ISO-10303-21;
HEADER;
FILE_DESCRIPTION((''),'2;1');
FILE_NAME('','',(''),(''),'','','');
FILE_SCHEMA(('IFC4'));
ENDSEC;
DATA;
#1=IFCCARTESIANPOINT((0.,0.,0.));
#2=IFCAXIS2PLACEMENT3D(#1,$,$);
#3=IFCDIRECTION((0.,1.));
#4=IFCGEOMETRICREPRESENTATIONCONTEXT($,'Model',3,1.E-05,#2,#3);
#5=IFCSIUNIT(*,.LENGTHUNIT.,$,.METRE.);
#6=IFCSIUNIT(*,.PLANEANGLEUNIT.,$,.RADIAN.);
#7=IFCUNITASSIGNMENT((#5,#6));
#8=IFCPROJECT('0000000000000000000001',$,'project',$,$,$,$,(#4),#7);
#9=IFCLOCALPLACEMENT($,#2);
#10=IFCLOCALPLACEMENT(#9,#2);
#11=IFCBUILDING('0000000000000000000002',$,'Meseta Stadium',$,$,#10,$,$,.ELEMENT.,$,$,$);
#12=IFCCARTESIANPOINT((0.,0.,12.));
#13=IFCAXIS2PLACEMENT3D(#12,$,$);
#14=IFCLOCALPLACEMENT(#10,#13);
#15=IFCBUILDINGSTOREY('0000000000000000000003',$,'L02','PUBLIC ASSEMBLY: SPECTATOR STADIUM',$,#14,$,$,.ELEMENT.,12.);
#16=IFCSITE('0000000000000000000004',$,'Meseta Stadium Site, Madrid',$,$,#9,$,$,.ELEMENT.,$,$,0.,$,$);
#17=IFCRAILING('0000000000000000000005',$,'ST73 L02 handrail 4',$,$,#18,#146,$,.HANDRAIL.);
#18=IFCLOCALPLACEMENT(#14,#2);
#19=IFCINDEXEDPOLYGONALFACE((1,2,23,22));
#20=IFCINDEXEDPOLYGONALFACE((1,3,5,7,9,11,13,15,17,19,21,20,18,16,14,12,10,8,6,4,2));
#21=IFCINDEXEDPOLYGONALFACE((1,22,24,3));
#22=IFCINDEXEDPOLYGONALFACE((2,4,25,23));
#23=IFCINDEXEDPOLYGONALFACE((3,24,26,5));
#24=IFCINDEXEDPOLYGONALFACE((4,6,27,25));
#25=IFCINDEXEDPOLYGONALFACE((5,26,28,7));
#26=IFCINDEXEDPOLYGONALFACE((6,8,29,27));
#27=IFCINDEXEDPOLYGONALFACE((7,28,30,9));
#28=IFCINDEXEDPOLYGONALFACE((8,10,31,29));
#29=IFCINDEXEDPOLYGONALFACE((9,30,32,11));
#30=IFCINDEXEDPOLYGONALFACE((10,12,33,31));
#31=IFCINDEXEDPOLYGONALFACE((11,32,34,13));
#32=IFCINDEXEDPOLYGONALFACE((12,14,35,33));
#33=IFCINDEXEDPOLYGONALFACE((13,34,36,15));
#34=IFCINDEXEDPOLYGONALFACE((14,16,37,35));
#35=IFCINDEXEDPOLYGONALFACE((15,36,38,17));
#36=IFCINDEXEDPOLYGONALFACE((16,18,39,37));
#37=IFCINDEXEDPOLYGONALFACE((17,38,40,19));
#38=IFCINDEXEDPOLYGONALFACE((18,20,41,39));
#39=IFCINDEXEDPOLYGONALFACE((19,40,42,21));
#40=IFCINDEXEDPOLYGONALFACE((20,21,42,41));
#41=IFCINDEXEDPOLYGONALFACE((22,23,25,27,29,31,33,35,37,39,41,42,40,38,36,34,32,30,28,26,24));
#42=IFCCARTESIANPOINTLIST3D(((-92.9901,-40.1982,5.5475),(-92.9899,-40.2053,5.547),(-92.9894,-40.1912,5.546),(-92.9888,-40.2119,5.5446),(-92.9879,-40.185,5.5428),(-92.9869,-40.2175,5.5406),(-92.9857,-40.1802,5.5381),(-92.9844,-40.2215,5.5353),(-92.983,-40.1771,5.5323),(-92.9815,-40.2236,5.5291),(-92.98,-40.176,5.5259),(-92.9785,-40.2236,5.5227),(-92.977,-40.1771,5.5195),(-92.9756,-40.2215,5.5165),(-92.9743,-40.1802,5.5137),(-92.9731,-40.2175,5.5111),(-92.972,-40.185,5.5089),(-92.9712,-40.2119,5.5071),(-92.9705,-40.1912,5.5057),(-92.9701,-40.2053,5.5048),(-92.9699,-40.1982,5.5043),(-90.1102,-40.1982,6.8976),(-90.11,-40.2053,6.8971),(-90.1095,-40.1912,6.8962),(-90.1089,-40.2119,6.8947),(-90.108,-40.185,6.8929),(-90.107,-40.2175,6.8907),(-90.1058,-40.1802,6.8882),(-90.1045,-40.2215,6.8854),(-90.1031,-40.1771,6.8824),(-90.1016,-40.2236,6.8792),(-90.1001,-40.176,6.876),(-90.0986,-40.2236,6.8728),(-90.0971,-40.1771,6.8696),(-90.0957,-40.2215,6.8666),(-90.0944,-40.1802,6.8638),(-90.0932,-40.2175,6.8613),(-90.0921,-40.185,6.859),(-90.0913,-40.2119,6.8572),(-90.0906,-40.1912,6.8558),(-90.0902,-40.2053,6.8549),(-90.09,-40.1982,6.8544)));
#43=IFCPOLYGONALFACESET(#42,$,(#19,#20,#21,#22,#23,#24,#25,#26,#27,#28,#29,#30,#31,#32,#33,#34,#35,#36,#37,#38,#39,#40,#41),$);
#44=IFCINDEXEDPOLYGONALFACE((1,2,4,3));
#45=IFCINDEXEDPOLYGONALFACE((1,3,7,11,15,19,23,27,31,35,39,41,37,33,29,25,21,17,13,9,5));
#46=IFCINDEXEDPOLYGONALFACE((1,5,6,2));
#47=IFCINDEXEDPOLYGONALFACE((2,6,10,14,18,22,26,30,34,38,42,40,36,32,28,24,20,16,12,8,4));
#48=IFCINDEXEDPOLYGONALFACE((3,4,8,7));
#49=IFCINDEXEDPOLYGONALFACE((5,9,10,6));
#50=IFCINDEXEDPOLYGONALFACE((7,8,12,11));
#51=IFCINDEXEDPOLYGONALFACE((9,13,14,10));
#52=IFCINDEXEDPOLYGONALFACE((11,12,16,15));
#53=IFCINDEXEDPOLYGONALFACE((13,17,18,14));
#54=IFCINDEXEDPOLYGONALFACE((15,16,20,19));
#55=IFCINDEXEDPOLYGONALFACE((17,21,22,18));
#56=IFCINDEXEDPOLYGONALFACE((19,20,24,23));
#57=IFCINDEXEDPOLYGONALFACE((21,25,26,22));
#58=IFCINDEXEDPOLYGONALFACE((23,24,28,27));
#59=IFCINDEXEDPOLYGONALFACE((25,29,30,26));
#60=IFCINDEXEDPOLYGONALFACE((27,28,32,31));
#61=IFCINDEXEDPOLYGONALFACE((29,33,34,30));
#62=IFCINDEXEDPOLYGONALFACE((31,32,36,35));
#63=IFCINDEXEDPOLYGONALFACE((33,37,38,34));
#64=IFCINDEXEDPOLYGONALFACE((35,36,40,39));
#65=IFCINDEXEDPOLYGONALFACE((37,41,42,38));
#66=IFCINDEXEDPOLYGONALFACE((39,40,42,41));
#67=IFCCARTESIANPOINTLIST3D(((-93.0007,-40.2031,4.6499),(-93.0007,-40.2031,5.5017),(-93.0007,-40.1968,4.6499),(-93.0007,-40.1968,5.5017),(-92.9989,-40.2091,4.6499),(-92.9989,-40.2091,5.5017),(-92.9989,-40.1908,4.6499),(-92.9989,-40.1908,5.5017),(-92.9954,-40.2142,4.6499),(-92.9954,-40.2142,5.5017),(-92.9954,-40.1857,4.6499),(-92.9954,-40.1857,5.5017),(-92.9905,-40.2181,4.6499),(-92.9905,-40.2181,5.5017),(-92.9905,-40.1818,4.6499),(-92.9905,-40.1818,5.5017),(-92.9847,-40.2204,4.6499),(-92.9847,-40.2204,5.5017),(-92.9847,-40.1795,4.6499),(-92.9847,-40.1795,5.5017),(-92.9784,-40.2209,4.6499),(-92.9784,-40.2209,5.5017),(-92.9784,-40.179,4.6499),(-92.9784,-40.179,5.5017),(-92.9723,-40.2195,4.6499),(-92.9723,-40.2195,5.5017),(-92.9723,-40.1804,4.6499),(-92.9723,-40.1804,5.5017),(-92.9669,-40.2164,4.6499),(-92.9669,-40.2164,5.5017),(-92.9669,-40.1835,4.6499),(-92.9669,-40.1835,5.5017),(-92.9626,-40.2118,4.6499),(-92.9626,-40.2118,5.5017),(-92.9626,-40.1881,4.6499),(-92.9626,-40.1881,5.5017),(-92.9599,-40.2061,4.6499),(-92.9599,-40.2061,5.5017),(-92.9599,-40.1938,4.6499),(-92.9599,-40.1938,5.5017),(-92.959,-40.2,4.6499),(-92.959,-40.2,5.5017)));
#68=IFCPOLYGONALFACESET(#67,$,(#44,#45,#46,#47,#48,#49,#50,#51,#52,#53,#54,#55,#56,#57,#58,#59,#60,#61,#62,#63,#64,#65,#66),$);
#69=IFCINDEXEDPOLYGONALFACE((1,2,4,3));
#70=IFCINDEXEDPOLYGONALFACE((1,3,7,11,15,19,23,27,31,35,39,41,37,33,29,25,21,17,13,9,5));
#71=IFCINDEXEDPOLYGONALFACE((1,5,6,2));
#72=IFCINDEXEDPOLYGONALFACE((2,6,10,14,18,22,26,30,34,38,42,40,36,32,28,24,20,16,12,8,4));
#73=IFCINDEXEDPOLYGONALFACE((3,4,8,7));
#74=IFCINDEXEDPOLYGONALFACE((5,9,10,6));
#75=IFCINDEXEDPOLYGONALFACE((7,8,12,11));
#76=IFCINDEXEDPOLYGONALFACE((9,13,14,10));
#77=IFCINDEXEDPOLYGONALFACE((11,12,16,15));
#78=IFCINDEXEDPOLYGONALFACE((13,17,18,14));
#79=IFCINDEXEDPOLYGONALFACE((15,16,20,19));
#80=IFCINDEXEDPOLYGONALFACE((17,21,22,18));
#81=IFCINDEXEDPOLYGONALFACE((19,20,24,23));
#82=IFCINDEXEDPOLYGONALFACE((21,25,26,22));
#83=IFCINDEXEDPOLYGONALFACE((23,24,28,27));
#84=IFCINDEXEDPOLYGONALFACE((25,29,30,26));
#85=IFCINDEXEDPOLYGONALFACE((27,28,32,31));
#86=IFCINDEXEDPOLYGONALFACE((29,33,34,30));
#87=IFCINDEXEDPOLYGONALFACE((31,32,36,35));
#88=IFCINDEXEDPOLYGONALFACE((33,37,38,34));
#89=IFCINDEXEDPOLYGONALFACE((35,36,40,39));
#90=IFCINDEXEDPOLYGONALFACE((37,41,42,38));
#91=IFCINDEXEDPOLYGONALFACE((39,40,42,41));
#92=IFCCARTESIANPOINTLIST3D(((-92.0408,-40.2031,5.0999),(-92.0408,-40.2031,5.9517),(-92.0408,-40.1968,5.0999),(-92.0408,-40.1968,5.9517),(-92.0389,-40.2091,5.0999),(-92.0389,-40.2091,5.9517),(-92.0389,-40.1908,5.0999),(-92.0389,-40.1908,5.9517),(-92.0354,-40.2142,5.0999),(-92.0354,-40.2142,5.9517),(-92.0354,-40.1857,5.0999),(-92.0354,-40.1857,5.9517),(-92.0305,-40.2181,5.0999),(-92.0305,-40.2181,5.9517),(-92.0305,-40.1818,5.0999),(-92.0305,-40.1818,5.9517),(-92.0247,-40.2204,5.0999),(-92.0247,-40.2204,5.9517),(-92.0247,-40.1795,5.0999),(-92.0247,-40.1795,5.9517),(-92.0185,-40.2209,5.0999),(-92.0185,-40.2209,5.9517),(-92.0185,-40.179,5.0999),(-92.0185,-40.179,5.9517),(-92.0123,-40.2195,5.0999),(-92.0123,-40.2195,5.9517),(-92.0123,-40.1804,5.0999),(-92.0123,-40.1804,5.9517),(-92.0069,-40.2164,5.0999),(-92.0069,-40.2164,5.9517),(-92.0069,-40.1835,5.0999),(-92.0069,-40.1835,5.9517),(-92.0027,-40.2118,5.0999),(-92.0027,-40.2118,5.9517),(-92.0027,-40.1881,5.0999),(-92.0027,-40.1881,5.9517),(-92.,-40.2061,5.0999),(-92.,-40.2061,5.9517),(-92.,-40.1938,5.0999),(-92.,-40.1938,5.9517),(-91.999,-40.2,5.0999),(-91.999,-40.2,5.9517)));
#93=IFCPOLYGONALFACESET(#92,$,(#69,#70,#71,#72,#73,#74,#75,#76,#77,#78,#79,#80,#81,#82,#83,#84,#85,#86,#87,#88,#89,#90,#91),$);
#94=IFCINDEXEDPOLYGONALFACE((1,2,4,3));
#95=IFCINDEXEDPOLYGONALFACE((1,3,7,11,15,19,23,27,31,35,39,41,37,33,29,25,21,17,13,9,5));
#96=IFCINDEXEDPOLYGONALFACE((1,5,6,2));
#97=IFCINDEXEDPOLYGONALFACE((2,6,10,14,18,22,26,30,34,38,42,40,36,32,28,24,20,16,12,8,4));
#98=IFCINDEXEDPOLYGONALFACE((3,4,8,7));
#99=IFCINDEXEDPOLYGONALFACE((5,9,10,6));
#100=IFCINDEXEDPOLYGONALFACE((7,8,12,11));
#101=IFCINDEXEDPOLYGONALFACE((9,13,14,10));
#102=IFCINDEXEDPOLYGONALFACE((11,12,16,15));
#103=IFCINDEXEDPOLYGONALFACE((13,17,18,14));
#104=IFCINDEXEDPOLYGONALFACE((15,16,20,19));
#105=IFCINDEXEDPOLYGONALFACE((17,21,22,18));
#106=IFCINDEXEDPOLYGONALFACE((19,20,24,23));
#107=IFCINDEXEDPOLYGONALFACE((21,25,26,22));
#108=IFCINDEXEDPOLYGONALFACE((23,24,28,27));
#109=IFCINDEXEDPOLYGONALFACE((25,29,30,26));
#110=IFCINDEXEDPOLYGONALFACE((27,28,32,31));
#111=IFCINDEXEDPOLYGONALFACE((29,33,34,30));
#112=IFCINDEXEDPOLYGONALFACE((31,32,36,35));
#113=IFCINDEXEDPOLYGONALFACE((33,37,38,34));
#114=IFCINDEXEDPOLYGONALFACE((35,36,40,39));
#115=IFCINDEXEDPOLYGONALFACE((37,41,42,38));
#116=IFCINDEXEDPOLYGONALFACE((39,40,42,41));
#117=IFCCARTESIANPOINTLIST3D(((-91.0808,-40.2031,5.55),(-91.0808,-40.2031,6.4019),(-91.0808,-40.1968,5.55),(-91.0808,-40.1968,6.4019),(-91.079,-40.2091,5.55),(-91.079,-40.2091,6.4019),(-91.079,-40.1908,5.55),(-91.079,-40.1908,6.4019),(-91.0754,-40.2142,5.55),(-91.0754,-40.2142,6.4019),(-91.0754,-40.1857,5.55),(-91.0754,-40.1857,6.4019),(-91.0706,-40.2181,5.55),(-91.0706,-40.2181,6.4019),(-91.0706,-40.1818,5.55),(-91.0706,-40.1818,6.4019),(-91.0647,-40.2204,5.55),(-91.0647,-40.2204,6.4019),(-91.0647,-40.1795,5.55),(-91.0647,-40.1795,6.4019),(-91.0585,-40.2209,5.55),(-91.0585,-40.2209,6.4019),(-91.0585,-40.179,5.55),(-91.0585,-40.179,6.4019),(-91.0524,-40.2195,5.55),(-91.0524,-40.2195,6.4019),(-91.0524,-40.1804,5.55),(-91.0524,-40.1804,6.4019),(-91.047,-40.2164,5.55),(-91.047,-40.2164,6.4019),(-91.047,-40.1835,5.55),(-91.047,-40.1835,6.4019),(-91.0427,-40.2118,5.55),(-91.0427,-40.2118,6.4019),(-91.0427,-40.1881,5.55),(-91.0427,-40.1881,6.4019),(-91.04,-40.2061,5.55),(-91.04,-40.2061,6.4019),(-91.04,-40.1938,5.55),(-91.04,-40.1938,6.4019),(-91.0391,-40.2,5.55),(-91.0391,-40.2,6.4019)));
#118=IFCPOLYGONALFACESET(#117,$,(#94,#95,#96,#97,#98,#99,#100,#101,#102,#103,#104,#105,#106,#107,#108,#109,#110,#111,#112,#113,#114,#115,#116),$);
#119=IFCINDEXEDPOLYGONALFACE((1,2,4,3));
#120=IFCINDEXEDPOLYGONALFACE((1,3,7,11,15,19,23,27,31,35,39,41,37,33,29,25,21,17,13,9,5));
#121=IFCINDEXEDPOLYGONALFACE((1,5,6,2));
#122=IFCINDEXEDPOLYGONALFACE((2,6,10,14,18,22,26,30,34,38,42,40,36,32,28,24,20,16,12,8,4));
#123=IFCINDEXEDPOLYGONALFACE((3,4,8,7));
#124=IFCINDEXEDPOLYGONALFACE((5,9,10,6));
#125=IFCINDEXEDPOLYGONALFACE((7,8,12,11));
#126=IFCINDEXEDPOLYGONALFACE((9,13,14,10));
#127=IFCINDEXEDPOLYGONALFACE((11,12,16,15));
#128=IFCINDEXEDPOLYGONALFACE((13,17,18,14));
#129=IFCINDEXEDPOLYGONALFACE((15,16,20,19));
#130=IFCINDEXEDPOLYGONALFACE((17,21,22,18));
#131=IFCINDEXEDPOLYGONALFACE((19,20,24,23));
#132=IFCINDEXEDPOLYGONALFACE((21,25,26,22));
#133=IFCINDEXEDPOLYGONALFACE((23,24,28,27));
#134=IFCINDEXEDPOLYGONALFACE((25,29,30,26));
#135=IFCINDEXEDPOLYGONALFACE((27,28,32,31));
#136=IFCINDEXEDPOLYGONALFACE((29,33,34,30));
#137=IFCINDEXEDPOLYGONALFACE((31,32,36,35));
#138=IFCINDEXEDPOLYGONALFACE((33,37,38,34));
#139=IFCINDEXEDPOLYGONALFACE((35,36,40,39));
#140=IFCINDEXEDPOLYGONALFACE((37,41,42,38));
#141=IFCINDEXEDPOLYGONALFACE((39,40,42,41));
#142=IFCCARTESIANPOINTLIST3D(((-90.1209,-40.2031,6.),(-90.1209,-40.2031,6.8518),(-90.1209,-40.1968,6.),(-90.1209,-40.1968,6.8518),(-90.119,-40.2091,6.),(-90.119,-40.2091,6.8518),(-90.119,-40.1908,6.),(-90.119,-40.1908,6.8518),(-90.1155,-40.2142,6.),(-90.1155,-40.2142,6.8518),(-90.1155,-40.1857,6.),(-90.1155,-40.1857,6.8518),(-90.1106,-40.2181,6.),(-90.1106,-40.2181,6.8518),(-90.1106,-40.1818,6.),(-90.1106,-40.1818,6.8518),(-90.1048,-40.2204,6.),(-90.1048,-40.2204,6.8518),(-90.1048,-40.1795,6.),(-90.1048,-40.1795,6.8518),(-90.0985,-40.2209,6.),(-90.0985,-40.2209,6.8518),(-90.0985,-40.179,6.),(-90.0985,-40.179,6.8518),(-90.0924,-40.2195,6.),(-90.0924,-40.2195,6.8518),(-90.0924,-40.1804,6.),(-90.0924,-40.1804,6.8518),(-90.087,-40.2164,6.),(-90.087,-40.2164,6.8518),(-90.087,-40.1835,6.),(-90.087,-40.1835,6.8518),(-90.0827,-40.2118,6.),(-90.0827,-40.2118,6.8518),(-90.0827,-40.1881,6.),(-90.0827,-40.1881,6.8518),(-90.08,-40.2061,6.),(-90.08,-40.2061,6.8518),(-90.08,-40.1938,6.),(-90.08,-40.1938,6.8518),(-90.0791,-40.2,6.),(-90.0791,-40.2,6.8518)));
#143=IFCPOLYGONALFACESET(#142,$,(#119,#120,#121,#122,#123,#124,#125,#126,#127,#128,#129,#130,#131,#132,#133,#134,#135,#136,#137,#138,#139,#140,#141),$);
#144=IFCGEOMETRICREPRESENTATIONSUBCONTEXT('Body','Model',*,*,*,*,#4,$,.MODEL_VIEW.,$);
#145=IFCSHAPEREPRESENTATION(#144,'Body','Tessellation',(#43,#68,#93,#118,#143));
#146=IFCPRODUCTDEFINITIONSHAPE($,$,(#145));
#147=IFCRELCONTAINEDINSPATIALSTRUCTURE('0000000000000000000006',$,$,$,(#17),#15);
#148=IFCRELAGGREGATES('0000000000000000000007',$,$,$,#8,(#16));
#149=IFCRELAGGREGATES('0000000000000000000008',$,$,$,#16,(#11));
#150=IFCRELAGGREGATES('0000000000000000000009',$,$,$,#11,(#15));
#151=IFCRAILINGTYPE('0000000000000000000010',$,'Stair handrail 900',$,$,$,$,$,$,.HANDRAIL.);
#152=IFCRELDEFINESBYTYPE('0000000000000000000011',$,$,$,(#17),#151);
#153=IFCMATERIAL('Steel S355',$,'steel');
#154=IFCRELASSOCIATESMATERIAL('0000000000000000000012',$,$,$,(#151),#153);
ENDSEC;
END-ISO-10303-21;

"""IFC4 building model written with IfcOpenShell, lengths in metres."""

from ifc_helpers import new_model, si_unit, direction, frame, origin, origin_2d, place, context, subcontext, project, spatial, circle, extrude, material, type_object, element, save


model = new_model("IFC4")

# Units and contexts
model_context = context("Model", 3, precision=1e-05, world=origin(), true_north=direction((0.0, 1.0)))
body_context = subcontext(model_context, "Body", "Model", "MODEL_VIEW")
ifc_project = project(units=[si_unit("LENGTHUNIT", "METRE"), si_unit("PLANEANGLEUNIT", "RADIAN")], contexts=[model_context])

# Site, building, storey
site_placement = place(None, origin())
site = spatial("IfcSite", under=ifc_project, at=site_placement, Name="Meseta Stadium Site, Madrid", CompositionType="ELEMENT", RefElevation=0.0)
building_placement = place(site_placement, origin())
building = spatial("IfcBuilding", under=site, at=building_placement, Name="Meseta Stadium", CompositionType="ELEMENT")
storey_placement = place(building_placement, frame((0.0, 0.0, 12.0)))
storey = spatial("IfcBuildingStorey", under=building, at=storey_placement, Name="L02", Description="PUBLIC ASSEMBLY: SPECTATOR STADIUM", CompositionType="ELEMENT", Elevation=12.0)

# Railing
ifc_material_1 = material(Name="Steel S355", Category="steel")
railing_type_1 = type_object("IfcRailingType", Name="Stair handrail 900", PredefinedType="HANDRAIL", material=ifc_material_1)
for number, where, name in (
    (1, (-92.98, -40.2, 4.6499), "ST73 L02 handrail 4"),
):
    element("IfcRailing", number, at=place(storey_placement, frame(where)), inside=storey, type_object=railing_type_1, Name=name, PredefinedType="HANDRAIL", context=body_context, shape_type="SweptSolid", body=[
        extrude(circle(Radius=0.0239, at=origin_2d()), frame((0.0, 0.0, 0.876), z_axis=(0.90544, 0.0, 0.424473), x_axis=(0.0, 1.0, 0.0)), (0.0, 0.0, 1.0), 3.1807),
        extrude(circle(Radius=0.021, at=origin_2d()), origin(), (0.0, 0.0, 1.0), 0.8518),
        extrude(circle(Radius=0.021, at=origin_2d()), frame((0.96, 0.0, 0.45)), (0.0, 0.0, 1.0), 0.8518),
        extrude(circle(Radius=0.021, at=origin_2d()), frame((1.9199, 0.0, 0.9001)), (0.0, 0.0, 1.0), 0.8518),
        extrude(circle(Radius=0.021, at=origin_2d()), frame((2.8799, 0.0, 1.3501)), (0.0, 0.0, 1.0), 0.8518),
    ])

save(model, "model.ifc")
